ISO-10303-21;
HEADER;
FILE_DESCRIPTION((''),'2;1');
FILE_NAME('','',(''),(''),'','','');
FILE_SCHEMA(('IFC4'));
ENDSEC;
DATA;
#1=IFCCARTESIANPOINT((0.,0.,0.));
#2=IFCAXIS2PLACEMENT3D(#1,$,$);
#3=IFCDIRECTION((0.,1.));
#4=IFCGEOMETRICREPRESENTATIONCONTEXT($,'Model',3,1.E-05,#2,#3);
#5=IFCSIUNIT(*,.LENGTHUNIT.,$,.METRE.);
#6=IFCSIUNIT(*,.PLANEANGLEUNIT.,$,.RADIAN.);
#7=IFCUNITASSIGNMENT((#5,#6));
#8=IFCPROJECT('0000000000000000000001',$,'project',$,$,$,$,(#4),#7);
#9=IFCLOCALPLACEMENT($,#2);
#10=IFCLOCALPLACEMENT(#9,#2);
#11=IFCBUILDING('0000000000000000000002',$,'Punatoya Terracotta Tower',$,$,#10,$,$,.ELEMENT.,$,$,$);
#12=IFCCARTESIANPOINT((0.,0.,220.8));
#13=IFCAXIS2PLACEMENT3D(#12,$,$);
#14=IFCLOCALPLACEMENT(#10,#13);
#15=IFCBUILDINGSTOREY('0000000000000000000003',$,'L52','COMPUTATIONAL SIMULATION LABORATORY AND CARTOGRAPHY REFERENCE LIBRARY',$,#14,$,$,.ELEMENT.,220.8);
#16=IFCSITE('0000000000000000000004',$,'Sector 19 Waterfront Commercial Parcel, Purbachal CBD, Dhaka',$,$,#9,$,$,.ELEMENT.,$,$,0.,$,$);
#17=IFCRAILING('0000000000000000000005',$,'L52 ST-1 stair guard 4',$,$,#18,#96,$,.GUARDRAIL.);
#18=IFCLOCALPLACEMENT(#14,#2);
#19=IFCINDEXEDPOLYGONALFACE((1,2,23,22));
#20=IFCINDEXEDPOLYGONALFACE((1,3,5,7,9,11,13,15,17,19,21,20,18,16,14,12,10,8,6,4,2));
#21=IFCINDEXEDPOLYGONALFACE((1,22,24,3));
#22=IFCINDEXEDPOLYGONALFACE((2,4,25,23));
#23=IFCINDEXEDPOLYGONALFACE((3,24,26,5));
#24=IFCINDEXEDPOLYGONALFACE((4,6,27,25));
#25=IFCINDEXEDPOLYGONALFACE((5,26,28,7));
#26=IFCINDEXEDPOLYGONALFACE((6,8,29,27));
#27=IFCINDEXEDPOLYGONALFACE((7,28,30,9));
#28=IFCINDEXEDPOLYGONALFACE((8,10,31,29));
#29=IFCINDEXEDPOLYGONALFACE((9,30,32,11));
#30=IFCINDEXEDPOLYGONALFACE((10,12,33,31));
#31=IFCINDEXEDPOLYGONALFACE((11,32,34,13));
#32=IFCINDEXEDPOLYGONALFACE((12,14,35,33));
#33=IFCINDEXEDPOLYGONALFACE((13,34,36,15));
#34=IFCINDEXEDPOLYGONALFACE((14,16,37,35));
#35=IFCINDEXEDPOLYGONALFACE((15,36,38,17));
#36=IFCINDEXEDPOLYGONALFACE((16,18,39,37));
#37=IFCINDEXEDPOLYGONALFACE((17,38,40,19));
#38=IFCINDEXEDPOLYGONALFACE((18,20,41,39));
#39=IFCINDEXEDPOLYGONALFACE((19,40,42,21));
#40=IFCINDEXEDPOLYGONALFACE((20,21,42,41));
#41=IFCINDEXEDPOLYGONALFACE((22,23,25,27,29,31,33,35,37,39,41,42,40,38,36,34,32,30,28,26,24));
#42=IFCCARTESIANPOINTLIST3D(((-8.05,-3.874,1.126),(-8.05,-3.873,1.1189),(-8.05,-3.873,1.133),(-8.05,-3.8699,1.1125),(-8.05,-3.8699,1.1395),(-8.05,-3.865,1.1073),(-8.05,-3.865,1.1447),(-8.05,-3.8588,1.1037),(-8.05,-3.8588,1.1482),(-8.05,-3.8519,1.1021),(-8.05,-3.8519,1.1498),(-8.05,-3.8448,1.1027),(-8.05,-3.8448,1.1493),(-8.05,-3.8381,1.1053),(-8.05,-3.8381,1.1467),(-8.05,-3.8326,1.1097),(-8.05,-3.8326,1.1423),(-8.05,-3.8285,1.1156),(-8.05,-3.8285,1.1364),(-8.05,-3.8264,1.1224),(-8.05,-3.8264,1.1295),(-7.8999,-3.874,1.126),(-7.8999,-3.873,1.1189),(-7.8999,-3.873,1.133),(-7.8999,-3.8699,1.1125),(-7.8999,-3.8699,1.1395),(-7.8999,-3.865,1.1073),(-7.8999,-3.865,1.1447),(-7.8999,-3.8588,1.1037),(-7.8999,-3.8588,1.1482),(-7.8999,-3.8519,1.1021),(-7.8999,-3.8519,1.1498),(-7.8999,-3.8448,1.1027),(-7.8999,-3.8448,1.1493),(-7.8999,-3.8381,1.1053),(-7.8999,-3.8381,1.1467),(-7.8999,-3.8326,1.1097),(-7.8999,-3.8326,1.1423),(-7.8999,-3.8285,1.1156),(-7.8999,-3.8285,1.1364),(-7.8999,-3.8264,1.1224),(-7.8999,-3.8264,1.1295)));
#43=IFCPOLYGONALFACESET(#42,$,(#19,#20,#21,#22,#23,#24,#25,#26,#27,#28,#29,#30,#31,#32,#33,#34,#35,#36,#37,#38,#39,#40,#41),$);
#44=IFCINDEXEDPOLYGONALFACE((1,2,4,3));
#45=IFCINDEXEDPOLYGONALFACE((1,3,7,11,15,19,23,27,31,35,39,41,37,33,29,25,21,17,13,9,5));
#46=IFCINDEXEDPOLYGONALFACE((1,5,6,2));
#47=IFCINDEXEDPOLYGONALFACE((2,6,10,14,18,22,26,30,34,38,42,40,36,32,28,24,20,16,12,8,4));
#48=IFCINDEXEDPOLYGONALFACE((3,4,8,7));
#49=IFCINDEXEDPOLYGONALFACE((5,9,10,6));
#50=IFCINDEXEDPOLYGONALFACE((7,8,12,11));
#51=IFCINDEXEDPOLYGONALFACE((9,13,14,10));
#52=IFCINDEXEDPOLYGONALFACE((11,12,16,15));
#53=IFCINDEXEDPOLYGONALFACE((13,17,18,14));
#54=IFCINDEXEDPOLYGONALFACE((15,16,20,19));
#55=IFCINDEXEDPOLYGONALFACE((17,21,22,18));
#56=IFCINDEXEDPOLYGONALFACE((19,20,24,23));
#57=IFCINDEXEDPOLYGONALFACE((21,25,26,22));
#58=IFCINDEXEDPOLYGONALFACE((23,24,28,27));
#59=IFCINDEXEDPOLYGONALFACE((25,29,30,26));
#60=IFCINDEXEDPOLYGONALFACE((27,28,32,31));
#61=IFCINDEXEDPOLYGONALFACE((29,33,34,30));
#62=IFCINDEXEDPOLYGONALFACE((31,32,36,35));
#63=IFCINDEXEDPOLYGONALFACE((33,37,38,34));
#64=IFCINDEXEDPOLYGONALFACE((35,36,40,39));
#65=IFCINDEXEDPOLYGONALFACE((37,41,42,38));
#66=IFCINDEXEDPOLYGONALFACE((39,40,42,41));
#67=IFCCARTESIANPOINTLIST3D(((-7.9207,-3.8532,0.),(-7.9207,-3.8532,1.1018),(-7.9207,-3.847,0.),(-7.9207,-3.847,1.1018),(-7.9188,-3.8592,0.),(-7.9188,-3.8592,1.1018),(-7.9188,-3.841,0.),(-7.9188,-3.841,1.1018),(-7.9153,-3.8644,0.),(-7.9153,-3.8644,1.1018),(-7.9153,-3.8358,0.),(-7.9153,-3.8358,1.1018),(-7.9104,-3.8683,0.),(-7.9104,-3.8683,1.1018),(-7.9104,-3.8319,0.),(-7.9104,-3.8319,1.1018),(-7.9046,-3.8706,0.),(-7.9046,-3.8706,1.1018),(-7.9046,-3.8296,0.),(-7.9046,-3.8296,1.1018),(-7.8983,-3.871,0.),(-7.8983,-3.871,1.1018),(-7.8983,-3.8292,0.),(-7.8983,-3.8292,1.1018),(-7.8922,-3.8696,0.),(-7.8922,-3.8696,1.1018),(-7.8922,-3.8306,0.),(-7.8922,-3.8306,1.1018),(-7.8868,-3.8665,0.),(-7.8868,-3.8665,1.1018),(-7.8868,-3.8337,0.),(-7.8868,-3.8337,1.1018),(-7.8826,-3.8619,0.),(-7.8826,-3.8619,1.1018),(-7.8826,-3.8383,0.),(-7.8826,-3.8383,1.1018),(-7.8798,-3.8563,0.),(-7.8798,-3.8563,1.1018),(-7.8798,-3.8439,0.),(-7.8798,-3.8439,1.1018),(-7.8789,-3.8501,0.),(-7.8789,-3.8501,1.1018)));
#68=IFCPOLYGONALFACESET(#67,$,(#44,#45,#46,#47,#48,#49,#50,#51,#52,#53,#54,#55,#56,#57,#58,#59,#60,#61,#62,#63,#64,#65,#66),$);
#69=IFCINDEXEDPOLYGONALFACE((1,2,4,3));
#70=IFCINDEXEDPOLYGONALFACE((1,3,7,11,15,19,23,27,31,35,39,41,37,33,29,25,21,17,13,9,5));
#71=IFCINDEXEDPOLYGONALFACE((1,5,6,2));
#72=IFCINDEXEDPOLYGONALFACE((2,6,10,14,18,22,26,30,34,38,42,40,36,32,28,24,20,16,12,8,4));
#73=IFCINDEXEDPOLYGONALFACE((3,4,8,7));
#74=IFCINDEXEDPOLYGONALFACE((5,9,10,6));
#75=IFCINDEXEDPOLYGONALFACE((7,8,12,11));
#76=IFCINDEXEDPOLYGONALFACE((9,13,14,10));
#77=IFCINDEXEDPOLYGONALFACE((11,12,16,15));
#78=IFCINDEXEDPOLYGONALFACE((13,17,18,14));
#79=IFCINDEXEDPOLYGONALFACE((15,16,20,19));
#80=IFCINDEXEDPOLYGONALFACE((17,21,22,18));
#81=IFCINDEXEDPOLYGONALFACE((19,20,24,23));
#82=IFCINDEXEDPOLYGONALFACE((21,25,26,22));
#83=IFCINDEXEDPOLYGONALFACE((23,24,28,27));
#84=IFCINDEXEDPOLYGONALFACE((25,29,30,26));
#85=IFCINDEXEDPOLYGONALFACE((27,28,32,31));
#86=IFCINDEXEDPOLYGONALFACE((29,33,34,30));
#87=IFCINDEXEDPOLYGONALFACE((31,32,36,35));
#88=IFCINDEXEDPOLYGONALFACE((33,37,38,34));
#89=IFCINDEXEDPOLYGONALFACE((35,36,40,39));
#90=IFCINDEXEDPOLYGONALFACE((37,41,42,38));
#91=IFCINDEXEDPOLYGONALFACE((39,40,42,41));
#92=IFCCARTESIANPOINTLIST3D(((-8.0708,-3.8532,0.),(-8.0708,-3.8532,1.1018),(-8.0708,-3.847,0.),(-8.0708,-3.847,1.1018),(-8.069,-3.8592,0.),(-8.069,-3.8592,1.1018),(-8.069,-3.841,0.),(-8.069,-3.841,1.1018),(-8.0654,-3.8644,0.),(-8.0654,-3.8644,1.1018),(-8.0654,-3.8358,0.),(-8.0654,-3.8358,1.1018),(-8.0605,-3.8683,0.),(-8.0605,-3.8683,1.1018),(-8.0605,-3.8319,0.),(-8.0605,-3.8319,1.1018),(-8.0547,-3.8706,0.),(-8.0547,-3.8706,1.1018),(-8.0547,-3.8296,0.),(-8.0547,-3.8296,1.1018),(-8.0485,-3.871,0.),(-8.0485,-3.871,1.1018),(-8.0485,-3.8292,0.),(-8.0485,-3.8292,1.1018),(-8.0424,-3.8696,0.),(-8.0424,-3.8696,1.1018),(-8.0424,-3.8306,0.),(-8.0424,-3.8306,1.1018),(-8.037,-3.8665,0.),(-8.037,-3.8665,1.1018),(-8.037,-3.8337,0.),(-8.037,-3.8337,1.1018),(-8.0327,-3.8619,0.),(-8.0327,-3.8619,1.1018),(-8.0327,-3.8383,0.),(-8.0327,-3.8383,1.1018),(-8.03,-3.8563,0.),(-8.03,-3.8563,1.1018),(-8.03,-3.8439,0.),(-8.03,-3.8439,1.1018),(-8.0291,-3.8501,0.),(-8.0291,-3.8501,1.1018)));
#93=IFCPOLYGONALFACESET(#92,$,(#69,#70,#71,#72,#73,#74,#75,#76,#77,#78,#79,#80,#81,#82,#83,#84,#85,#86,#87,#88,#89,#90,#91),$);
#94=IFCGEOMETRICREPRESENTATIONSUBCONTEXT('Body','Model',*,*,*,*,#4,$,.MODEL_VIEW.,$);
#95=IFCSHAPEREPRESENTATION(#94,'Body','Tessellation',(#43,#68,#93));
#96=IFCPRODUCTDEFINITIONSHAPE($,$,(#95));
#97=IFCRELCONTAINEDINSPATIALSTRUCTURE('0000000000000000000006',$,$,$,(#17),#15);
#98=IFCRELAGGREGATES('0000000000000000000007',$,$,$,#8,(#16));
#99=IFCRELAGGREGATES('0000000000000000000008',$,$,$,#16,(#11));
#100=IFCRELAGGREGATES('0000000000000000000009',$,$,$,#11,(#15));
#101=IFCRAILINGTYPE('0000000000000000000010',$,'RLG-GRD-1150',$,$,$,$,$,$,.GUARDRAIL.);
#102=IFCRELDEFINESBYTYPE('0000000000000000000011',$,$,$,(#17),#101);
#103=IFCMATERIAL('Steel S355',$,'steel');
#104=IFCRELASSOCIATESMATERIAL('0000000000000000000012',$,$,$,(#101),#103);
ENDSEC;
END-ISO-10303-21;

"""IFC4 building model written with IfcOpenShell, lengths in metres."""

from ifc_helpers import new_model, si_unit, direction, frame, origin, origin_2d, place, context, subcontext, project, spatial, circle, extrude, material, type_object, element, save


model = new_model("IFC4")

# Units and contexts
model_context = context("Model", 3, precision=1e-05, world=origin(), true_north=direction((0.0, 1.0)))
body_context = subcontext(model_context, "Body", "Model", "MODEL_VIEW")
ifc_project = project(units=[si_unit("LENGTHUNIT", "METRE"), si_unit("PLANEANGLEUNIT", "RADIAN")], contexts=[model_context])

# Site, building, storey
site_placement = place(None, origin())
site = spatial("IfcSite", under=ifc_project, at=site_placement, Name="Sector 19 Waterfront Commercial Parcel, Purbachal CBD, Dhaka", CompositionType="ELEMENT", RefElevation=0.0)
building_placement = place(site_placement, origin())
building = spatial("IfcBuilding", under=site, at=building_placement, Name="Punatoya Terracotta Tower", CompositionType="ELEMENT")
storey_placement = place(building_placement, frame((0.0, 0.0, 220.8)))
storey = spatial("IfcBuildingStorey", under=building, at=storey_placement, Name="L52", Description="COMPUTATIONAL SIMULATION LABORATORY AND CARTOGRAPHY REFERENCE LIBRARY", CompositionType="ELEMENT", Elevation=220.8)

# Railing
ifc_material_1 = material(Name="Steel S355", Category="steel")
railing_type_1 = type_object("IfcRailingType", Name="RLG-GRD-1150", PredefinedType="GUARDRAIL", material=ifc_material_1)
railing_1_placement = place(storey_placement, frame((-7.8999, -3.8501, 0.0)))
element("IfcRailing", 1, at=railing_1_placement, inside=storey, type_object=railing_type_1, Name="L52 ST-1 stair guard 4", PredefinedType="GUARDRAIL", context=body_context, shape_type="SweptSolid", body=[
    extrude(circle(Radius=0.0239, at=origin_2d()), frame((0.0, 0.0, 1.126), z_axis=(-1.0, 0.0, 0.0), x_axis=(0.0, -1.0, 0.0)), (0.0, 0.0, 1.0), 0.1501),
    extrude(circle(Radius=0.021, at=origin_2d()), origin(), (0.0, 0.0, 1.0), 1.1018),
    extrude(circle(Radius=0.021, at=origin_2d()), frame((-0.1501, 0.0, 0.0)), (0.0, 0.0, 1.0), 1.1018),
])

save(model, "model.ifc")
